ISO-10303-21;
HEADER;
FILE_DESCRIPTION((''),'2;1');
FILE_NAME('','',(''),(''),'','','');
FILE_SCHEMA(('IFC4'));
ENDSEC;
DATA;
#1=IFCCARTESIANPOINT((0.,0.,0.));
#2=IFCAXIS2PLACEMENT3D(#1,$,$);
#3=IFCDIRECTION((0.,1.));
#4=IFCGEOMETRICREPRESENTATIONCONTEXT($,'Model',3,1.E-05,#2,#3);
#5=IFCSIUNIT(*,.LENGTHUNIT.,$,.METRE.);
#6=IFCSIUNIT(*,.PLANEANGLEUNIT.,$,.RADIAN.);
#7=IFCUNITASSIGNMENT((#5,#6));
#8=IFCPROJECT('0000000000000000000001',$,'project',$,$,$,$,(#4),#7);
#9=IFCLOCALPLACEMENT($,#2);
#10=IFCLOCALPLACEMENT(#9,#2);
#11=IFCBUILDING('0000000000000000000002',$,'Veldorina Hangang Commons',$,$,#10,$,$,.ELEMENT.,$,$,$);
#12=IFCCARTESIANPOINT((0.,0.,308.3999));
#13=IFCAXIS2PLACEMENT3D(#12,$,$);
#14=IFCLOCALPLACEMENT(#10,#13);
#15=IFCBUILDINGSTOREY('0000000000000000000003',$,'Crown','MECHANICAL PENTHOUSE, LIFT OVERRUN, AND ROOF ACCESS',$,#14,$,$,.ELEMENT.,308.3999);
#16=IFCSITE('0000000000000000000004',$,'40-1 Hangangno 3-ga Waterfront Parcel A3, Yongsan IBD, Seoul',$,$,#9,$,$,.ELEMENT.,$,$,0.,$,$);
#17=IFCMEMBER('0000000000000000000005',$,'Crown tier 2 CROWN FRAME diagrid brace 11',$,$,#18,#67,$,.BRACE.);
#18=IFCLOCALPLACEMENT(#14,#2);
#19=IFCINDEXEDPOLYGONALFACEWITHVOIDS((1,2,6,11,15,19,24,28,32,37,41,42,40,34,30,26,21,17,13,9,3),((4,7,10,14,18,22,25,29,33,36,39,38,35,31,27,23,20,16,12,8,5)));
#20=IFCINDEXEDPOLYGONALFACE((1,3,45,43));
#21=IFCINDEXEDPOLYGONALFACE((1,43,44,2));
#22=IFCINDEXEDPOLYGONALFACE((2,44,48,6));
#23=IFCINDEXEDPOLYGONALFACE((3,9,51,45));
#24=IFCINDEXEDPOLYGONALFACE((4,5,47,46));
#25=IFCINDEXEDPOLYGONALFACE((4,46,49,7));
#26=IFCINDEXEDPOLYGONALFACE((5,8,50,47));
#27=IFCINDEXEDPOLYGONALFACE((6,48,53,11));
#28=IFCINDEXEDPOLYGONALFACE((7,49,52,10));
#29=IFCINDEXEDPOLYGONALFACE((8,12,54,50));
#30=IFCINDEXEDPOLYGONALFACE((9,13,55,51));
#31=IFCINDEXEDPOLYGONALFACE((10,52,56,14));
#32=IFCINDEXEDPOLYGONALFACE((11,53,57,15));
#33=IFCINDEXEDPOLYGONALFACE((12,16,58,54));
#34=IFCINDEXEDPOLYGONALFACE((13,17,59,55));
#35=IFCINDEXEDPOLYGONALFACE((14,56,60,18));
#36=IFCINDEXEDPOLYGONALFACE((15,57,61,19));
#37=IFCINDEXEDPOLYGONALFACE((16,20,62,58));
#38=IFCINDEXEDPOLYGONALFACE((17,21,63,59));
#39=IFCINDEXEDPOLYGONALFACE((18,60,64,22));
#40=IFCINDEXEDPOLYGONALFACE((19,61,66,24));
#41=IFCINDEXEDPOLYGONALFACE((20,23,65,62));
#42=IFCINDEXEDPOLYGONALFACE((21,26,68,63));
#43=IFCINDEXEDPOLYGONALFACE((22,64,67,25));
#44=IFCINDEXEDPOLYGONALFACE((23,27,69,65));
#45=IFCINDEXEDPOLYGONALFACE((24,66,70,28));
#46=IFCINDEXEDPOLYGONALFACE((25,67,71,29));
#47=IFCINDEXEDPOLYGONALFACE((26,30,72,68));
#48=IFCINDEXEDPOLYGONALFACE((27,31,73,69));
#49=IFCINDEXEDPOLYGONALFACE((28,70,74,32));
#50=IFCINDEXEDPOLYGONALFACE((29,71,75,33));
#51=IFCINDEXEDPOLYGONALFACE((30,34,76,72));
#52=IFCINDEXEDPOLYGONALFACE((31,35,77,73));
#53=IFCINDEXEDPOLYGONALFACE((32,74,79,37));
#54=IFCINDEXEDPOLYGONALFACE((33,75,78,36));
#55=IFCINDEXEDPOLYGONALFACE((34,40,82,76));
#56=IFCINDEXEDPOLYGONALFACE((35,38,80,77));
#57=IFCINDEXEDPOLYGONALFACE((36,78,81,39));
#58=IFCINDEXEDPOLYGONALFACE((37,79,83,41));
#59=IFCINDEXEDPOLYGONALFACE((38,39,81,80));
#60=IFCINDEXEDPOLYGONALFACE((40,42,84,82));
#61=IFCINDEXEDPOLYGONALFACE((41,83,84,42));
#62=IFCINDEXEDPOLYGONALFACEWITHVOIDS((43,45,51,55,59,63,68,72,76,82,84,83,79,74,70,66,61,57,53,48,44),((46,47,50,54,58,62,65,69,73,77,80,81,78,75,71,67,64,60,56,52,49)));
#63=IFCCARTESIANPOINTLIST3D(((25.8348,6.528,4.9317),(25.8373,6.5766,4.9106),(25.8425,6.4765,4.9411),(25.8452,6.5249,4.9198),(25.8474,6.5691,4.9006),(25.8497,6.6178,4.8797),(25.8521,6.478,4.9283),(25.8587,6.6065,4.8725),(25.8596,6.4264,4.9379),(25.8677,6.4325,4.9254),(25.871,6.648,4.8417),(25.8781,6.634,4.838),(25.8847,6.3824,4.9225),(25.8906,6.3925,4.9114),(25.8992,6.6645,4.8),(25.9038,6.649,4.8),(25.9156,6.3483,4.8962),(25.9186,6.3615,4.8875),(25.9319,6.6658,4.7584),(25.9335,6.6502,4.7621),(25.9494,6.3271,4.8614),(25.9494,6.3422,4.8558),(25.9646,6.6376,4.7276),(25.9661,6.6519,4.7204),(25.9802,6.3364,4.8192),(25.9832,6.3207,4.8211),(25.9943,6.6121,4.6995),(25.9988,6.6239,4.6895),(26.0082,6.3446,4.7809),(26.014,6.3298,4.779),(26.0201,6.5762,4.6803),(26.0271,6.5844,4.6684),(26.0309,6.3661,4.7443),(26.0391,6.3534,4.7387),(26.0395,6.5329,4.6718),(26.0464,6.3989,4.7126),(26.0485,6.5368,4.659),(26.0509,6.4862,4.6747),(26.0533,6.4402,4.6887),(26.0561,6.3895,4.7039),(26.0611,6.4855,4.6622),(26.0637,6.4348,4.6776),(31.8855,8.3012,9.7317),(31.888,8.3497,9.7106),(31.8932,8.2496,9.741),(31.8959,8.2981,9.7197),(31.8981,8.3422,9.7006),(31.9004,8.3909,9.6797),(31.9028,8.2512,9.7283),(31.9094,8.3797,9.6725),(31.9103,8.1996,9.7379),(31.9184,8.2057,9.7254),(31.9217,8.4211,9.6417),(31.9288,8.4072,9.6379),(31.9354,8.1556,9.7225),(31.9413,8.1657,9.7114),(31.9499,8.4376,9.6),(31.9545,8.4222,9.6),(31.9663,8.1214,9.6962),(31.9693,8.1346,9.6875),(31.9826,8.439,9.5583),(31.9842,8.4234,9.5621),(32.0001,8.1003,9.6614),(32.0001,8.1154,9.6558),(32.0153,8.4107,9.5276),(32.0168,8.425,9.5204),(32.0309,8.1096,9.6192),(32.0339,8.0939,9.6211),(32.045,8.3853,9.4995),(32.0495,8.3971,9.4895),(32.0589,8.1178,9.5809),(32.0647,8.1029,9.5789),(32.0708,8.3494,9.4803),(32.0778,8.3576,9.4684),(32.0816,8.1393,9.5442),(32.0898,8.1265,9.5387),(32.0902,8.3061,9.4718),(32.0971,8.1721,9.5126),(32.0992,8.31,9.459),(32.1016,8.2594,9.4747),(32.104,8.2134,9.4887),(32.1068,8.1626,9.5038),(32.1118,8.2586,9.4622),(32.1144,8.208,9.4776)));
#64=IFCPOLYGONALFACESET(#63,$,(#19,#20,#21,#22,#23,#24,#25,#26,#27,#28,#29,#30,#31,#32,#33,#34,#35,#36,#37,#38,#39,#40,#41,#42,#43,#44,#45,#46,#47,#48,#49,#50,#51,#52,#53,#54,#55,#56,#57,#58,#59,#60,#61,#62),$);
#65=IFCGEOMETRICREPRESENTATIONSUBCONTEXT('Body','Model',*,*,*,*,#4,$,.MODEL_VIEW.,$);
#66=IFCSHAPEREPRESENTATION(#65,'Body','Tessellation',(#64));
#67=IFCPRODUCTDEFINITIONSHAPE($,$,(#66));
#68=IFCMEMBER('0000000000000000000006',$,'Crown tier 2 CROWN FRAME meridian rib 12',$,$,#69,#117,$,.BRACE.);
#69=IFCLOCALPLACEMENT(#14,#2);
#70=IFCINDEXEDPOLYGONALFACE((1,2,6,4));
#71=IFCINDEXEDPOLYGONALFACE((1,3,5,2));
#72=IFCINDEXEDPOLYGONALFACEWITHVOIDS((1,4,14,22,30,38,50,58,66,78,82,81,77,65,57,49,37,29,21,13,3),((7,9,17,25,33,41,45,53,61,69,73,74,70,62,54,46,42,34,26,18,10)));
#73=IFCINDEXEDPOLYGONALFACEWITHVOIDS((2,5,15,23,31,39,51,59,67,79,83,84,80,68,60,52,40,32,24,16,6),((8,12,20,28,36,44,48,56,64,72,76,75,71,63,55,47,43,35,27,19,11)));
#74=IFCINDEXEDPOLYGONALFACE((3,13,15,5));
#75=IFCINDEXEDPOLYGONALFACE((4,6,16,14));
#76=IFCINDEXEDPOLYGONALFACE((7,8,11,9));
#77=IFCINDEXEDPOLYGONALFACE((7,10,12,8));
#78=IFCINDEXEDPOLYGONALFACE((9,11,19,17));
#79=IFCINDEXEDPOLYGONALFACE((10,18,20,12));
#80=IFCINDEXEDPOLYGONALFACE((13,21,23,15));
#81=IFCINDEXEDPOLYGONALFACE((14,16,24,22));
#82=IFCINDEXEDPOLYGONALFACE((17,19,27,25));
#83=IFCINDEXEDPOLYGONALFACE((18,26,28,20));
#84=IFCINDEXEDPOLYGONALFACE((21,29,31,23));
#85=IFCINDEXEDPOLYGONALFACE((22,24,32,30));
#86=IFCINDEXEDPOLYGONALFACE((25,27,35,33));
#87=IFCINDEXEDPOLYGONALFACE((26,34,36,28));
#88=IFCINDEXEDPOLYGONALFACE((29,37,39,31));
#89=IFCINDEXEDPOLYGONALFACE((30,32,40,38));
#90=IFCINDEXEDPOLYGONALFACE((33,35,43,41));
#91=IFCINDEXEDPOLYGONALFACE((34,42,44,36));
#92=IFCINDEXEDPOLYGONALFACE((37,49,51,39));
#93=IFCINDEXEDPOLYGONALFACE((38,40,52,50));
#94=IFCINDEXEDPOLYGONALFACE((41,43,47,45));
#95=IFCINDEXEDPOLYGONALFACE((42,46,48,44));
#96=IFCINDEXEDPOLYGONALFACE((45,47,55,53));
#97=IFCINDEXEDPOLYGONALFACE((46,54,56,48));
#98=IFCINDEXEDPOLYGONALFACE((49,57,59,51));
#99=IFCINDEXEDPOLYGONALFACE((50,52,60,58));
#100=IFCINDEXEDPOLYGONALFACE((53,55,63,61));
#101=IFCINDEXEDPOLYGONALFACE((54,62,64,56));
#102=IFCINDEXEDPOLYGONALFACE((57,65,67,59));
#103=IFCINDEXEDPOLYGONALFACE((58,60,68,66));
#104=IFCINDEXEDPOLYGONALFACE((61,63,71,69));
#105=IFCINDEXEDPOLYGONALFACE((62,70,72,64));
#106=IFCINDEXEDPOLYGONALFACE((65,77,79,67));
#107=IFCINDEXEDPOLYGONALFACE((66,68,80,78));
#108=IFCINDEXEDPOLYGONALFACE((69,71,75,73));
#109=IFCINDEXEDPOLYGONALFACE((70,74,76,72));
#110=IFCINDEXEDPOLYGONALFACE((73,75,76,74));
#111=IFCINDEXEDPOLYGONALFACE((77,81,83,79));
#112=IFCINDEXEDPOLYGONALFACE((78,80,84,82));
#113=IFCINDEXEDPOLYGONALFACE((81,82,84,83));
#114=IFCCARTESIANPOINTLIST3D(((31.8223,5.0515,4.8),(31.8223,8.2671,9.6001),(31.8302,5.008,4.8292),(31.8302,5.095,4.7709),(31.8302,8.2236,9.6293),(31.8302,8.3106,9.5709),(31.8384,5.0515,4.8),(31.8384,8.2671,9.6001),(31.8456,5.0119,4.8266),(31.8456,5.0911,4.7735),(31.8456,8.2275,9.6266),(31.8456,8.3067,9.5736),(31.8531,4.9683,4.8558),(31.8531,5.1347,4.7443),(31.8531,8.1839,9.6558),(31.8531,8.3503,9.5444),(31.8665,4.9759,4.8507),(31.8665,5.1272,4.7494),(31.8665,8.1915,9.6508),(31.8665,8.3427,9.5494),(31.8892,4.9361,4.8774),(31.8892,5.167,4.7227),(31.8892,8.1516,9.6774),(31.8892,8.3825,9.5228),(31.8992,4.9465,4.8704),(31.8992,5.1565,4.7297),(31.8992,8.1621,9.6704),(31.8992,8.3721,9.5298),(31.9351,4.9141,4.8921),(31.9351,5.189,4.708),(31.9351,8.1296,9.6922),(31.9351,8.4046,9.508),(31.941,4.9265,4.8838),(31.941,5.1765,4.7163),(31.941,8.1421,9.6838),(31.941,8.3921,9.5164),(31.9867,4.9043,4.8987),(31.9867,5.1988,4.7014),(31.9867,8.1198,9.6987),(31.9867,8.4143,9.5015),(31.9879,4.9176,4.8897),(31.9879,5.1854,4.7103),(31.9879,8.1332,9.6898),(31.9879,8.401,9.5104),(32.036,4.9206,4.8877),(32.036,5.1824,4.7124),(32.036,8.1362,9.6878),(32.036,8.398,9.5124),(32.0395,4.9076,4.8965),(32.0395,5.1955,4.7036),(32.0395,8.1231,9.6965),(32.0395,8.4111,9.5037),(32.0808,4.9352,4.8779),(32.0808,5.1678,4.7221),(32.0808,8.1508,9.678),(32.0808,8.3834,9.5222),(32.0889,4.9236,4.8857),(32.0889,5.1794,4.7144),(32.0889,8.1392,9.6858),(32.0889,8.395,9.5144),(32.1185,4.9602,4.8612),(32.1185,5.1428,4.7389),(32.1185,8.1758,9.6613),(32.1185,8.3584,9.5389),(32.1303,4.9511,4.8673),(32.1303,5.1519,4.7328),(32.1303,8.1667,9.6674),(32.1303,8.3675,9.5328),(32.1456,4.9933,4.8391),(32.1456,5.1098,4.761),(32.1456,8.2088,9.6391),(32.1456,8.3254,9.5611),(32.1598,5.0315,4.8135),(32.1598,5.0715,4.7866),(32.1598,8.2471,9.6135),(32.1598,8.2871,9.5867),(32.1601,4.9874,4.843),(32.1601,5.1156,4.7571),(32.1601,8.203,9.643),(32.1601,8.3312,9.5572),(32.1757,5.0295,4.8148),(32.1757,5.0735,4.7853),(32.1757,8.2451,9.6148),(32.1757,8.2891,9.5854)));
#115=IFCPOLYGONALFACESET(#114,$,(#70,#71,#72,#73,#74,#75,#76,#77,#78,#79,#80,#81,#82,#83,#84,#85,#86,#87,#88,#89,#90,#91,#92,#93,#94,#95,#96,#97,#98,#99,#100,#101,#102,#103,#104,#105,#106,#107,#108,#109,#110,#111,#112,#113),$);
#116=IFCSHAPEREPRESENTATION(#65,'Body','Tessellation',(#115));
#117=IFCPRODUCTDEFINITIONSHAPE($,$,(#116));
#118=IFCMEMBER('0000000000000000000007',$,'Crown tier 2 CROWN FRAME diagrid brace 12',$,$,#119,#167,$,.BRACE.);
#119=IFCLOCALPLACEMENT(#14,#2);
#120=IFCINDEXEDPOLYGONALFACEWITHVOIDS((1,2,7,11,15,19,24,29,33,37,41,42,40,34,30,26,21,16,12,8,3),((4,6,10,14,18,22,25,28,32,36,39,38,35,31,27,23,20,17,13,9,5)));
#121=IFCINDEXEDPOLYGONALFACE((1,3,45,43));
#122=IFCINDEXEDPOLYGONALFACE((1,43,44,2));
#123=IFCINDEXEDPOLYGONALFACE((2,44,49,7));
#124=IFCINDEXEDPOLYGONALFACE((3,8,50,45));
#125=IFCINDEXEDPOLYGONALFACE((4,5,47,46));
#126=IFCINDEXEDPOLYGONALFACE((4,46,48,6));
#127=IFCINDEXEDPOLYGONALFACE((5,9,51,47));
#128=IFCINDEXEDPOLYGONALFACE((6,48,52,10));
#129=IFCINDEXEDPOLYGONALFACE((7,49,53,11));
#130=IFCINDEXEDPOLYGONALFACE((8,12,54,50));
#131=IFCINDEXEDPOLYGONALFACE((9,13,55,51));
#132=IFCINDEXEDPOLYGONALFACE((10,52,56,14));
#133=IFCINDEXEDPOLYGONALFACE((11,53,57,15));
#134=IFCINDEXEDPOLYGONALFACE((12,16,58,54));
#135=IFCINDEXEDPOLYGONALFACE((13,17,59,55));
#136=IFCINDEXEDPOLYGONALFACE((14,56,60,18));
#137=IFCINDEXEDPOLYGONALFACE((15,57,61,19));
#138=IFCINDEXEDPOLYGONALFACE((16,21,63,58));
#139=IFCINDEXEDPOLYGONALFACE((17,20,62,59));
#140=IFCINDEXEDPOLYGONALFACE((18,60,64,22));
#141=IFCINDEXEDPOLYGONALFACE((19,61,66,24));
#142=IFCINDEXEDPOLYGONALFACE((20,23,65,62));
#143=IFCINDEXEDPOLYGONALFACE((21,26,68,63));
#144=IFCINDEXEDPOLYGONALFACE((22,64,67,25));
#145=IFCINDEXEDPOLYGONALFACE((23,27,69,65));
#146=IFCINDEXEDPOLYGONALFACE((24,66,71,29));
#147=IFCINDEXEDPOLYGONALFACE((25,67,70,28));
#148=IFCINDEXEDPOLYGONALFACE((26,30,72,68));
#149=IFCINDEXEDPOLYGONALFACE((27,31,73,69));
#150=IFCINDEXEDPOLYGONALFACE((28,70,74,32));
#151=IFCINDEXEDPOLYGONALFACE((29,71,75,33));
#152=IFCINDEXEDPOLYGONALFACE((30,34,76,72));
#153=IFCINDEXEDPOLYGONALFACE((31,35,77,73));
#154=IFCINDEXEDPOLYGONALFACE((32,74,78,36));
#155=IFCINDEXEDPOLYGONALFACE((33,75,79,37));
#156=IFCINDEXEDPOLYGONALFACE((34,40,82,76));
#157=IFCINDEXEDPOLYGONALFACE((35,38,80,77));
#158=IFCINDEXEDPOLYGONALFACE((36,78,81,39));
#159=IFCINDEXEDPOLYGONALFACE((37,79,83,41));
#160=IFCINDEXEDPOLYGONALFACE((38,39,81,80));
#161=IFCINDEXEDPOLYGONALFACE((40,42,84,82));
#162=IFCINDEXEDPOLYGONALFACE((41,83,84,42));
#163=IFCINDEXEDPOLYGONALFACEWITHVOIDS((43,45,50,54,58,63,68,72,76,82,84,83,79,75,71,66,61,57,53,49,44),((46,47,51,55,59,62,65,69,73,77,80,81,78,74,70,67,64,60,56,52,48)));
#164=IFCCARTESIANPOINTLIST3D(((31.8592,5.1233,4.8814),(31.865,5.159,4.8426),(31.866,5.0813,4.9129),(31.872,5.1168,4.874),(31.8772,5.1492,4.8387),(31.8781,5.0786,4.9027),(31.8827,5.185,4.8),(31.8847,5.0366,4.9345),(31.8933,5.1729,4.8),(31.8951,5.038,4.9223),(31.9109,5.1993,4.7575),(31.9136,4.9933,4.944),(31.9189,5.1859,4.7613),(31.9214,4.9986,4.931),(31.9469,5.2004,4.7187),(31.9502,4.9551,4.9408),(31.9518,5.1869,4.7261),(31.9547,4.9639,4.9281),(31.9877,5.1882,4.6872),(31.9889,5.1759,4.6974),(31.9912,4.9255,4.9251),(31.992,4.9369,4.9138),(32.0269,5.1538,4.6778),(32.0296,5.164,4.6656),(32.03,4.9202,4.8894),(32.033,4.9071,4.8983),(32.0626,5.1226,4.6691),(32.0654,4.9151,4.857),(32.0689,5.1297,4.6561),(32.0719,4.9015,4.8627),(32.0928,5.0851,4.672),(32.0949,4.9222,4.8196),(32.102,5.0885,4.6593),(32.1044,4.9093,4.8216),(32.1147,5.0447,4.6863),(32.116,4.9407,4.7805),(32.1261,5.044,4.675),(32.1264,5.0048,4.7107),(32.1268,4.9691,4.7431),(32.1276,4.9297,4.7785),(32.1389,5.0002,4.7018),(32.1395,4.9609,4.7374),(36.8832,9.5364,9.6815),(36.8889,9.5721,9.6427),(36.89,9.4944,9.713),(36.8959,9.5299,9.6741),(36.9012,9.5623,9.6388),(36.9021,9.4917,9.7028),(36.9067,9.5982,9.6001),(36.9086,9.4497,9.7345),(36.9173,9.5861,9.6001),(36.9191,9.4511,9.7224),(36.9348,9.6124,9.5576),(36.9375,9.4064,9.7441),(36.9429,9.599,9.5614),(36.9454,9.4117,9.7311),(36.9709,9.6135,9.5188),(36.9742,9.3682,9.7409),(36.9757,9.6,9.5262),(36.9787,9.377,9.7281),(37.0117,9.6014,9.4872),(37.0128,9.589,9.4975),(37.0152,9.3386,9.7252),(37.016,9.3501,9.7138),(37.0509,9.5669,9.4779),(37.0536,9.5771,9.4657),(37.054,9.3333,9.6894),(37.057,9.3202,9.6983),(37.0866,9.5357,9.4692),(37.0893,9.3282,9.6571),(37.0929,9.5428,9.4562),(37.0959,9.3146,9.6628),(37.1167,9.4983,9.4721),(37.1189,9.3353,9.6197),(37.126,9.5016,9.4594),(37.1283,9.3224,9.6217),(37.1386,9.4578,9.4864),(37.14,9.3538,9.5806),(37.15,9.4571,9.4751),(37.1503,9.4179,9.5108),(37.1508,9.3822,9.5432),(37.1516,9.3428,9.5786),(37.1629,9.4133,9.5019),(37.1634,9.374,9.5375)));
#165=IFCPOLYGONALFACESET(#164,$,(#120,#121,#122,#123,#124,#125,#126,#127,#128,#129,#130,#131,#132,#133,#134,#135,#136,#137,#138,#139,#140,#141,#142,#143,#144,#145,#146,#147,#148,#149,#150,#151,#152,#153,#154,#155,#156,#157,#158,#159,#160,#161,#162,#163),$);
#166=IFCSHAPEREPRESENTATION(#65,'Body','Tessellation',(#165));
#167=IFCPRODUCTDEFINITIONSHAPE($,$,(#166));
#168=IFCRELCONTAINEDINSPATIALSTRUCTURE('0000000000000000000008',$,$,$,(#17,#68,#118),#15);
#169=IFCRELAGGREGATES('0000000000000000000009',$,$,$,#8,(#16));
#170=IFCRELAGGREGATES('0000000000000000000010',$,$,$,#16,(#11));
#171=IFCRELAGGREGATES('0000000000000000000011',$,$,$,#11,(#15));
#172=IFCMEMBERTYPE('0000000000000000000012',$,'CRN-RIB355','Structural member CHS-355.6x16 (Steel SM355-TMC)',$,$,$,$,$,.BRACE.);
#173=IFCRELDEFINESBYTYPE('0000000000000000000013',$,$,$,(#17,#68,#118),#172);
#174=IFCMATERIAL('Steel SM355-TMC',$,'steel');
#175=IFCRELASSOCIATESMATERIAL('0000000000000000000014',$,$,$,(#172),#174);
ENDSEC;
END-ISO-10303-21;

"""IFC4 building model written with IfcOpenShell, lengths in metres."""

from ifc_helpers import new_model, si_unit, direction, frame, origin, origin_2d, place, context, subcontext, project, spatial, hollow_circle, extrude, material, material_profile, profile_set, type_object, element, save


model = new_model("IFC4")

# Units and contexts
model_context = context("Model", 3, precision=1e-05, world=origin(), true_north=direction((0.0, 1.0)))
body_context = subcontext(model_context, "Body", "Model", "MODEL_VIEW")
ifc_project = project(units=[si_unit("LENGTHUNIT", "METRE"), si_unit("PLANEANGLEUNIT", "RADIAN")], contexts=[model_context])

# Site, building, storey
site_placement = place(None, origin())
site = spatial("IfcSite", under=ifc_project, at=site_placement, Name="40-1 Hangangno 3-ga Waterfront Parcel A3, Yongsan IBD, Seoul", CompositionType="ELEMENT", RefElevation=0.0)
building_placement = place(site_placement, origin())
building = spatial("IfcBuilding", under=site, at=building_placement, Name="Veldorina Hangang Commons", CompositionType="ELEMENT")
storey_placement = place(building_placement, frame((0.0, 0.0, 308.3999)))
storey = spatial("IfcBuildingStorey", under=building, at=storey_placement, Name="Crown", Description="MECHANICAL PENTHOUSE, LIFT OVERRUN, AND ROOF ACCESS", CompositionType="ELEMENT", Elevation=308.3999)

# Members
ifc_material_1 = material(Name="Steel SM355-TMC", Category="steel")
ifc_material_profile_1 = material_profile(ifc_material_1, hollow_circle(Radius=0.1777, WallThickness=0.0161, at=origin_2d()), Name="CHS-355.6x16")
ifc_profile_set_1 = profile_set([ifc_material_profile_1], Name="Steel SM355-TMC")
member_type_1 = type_object("IfcMemberType", Name="CRN-RIB355", Description="Structural member CHS-355.6x16 (Steel SM355-TMC)", PredefinedType="BRACE", material=ifc_profile_set_1)
member_1_placement = place(storey_placement, frame((25.9492, 6.4939, 4.8), z_axis=(0.76356, 0.223763, 0.605728), x_axis=(-0.281225, 0.959642, 0.0)))
element("IfcMember", 1, at=member_1_placement, inside=storey, type_object=member_type_1, Name="Crown tier 2 CROWN FRAME diagrid brace 11", PredefinedType="BRACE", context=body_context, shape_type="SweptSolid", body=[
    extrude(hollow_circle(Radius=0.1777, WallThickness=0.0161, at=origin_2d()), origin(), (0.0, 0.0, 1.0), 7.9243),
])
member_2_placement = place(storey_placement, frame((32.0, 5.0515, 4.8), z_axis=(0.0, 0.556561, 0.830807), x_axis=(-1.0, 0.0, 0.0)))
element("IfcMember", 2, at=member_2_placement, inside=storey, type_object=member_type_1, Name="Crown tier 2 CROWN FRAME meridian rib 12", PredefinedType="BRACE", context=body_context, shape_type="SweptSolid", body=[
    extrude(hollow_circle(Radius=0.1777, WallThickness=0.0161, at=origin_2d()), origin(), (0.0, 0.0, 1.0), 5.7776),
])
member_3_placement = place(storey_placement, frame((32.0, 5.0515, 4.8), z_axis=(0.610338, 0.536129, 0.58314), x_axis=(-0.659956, 0.751304, 0.0)))
element("IfcMember", 3, at=member_3_placement, inside=storey, type_object=member_type_1, Name="Crown tier 2 CROWN FRAME diagrid brace 12", PredefinedType="BRACE", context=body_context, shape_type="SweptSolid", body=[
    extrude(hollow_circle(Radius=0.1777, WallThickness=0.0161, at=origin_2d()), origin(), (0.0, 0.0, 1.0), 8.2314),
])

save(model, "model.ifc")
